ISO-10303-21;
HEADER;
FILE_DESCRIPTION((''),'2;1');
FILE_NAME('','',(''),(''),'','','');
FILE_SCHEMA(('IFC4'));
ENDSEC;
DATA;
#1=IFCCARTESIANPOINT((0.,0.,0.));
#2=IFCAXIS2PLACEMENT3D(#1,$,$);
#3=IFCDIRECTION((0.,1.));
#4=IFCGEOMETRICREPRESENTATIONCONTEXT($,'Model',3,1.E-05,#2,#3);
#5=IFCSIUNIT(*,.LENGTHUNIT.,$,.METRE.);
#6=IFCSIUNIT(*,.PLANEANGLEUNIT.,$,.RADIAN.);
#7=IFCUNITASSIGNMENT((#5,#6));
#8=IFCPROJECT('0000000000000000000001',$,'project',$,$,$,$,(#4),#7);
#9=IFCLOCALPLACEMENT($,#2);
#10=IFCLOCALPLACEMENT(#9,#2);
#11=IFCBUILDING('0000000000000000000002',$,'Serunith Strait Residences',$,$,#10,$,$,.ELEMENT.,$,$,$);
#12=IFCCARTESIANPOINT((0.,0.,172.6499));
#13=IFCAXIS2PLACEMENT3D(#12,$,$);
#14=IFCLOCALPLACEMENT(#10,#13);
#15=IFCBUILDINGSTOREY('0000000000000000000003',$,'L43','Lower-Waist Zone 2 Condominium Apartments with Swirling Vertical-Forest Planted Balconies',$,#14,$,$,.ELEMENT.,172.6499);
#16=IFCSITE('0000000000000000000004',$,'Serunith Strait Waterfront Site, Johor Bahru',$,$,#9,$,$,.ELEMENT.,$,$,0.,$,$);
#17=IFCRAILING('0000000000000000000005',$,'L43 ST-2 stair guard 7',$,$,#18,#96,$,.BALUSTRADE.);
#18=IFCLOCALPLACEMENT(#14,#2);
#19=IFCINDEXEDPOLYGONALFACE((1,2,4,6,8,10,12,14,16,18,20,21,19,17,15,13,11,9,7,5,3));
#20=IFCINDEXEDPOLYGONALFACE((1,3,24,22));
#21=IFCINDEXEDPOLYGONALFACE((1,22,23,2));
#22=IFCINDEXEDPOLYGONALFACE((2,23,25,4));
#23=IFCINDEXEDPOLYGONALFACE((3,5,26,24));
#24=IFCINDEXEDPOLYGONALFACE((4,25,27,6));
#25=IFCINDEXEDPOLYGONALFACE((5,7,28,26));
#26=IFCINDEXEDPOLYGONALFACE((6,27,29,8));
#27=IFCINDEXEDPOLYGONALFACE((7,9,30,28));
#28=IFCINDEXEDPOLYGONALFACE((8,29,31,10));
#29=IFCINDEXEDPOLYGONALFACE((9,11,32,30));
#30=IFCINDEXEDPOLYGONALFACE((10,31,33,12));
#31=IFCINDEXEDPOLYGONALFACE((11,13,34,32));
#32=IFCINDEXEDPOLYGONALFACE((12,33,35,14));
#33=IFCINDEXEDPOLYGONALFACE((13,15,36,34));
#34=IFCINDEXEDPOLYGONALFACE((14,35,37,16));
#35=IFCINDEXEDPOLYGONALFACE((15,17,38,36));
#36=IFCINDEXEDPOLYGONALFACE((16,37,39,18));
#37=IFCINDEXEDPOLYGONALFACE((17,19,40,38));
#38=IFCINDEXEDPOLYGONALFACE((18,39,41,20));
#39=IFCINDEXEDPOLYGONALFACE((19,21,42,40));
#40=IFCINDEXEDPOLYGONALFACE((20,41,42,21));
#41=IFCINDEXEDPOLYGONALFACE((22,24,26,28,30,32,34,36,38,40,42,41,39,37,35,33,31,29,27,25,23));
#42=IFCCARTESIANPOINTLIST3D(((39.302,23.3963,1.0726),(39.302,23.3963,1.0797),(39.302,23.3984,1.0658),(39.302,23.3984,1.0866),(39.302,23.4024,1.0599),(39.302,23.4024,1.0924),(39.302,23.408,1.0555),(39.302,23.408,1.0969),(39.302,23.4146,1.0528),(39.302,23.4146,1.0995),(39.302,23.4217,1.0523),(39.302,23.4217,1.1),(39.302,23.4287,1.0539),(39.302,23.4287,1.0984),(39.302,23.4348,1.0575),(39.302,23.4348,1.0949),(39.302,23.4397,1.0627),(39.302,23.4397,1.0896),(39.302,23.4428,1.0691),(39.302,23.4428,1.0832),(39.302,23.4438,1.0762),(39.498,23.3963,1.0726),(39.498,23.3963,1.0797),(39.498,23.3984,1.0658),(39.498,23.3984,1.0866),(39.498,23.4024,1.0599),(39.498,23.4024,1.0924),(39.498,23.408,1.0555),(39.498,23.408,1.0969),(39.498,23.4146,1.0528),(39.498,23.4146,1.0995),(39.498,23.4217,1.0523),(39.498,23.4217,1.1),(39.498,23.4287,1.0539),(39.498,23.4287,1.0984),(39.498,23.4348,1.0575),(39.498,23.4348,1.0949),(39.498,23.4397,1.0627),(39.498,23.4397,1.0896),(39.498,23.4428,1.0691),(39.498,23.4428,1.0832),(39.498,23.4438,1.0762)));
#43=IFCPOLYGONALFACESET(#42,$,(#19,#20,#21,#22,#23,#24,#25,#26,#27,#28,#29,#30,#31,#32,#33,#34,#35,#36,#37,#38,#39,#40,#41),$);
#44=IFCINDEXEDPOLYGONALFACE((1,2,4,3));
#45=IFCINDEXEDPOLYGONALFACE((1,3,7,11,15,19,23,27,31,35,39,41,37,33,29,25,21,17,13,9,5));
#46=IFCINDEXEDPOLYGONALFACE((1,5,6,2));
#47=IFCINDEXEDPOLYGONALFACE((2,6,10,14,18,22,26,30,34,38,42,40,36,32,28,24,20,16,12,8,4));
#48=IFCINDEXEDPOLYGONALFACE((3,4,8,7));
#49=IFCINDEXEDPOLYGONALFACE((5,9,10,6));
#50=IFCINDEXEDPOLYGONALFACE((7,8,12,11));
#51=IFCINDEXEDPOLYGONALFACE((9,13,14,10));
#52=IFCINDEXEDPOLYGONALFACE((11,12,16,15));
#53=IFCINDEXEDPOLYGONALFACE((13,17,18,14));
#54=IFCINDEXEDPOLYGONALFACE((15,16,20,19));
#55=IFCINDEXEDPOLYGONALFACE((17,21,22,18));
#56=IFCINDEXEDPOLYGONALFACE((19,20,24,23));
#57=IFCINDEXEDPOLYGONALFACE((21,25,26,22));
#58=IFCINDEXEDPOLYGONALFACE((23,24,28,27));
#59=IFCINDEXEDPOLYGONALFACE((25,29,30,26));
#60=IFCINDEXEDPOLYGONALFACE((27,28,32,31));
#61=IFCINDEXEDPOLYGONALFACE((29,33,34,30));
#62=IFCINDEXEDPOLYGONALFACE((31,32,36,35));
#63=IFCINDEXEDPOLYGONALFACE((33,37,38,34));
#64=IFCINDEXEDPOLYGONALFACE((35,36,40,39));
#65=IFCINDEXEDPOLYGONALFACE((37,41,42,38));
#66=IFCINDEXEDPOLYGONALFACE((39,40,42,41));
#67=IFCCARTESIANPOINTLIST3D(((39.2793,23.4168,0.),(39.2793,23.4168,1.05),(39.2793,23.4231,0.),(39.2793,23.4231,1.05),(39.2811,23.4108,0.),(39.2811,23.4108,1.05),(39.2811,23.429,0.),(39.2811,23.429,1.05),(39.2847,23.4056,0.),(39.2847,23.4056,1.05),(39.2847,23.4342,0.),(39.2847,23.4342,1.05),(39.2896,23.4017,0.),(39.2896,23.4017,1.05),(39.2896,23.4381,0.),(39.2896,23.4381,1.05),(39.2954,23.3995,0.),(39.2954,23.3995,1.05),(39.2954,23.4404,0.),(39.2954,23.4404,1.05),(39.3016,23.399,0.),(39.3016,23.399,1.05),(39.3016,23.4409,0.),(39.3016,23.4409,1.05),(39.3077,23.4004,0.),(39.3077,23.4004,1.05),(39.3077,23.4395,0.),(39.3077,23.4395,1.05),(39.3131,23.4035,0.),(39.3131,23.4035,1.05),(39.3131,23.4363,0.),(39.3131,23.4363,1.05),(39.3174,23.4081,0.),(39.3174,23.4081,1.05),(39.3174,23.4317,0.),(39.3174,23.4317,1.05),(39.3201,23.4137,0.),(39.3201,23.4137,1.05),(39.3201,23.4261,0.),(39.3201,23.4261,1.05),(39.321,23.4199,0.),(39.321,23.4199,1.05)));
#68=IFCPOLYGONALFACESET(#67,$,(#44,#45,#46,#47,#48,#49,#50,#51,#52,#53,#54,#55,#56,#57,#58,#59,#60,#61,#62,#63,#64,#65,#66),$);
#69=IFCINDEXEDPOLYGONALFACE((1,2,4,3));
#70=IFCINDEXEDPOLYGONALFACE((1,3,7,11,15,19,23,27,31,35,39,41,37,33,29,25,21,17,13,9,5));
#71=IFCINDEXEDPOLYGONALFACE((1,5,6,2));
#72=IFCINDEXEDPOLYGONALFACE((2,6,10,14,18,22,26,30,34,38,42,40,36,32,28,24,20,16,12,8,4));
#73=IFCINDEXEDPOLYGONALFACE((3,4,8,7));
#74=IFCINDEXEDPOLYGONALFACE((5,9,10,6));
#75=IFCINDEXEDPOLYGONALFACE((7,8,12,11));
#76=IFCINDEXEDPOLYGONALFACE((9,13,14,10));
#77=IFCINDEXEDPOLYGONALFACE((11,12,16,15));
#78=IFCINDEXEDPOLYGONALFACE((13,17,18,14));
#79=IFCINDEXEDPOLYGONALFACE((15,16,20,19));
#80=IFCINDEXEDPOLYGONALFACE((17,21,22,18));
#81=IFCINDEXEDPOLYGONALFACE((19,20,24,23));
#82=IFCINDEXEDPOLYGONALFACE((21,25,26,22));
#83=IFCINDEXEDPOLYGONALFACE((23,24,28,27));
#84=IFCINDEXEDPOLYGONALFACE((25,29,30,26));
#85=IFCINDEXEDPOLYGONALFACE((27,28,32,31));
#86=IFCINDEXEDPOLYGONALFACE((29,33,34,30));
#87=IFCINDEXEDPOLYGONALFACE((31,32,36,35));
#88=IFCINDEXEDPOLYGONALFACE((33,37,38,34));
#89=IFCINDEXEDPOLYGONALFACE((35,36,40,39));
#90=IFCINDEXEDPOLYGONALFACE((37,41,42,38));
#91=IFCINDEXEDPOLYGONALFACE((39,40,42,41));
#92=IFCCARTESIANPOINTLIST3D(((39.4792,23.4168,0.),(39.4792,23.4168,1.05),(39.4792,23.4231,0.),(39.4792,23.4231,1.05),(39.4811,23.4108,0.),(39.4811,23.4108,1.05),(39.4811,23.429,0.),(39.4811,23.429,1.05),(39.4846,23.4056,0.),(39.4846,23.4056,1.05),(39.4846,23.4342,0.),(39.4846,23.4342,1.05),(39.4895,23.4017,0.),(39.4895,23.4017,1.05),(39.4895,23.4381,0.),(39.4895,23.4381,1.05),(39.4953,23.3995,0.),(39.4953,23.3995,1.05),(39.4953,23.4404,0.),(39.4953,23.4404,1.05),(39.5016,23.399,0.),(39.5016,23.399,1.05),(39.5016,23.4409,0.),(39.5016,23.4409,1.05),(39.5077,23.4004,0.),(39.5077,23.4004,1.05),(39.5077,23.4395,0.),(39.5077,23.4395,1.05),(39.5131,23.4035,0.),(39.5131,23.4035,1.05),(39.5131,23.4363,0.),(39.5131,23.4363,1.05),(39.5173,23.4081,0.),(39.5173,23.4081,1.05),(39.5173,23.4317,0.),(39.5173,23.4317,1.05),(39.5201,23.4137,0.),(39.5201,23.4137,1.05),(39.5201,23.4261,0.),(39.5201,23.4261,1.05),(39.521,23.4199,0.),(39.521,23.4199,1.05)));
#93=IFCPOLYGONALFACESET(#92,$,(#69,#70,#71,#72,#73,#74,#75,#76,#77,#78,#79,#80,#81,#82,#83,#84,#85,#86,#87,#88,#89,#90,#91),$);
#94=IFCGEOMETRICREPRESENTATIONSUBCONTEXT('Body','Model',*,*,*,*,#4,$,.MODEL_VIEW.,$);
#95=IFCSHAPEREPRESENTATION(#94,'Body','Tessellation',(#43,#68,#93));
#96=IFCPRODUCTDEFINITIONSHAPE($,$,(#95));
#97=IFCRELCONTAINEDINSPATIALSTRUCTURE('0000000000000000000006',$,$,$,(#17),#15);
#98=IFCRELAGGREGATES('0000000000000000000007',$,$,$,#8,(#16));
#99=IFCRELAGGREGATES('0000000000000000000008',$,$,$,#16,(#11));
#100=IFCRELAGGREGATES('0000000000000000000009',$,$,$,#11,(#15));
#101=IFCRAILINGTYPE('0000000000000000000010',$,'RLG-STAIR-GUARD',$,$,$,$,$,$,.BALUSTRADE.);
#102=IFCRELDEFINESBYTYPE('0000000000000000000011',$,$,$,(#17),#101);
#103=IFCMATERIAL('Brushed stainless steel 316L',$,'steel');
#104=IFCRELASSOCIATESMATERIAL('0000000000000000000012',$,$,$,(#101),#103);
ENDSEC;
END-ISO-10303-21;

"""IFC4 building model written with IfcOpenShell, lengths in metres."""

from ifc_helpers import new_model, si_unit, direction, frame, origin, origin_2d, place, context, subcontext, project, spatial, circle, extrude, material, type_object, element, save


model = new_model("IFC4")

# Units and contexts
model_context = context("Model", 3, precision=1e-05, world=origin(), true_north=direction((0.0, 1.0)))
body_context = subcontext(model_context, "Body", "Model", "MODEL_VIEW")
ifc_project = project(units=[si_unit("LENGTHUNIT", "METRE"), si_unit("PLANEANGLEUNIT", "RADIAN")], contexts=[model_context])

# Site, building, storey
site_placement = place(None, origin())
site = spatial("IfcSite", under=ifc_project, at=site_placement, Name="Serunith Strait Waterfront Site, Johor Bahru", CompositionType="ELEMENT", RefElevation=0.0)
building_placement = place(site_placement, origin())
building = spatial("IfcBuilding", under=site, at=building_placement, Name="Serunith Strait Residences", CompositionType="ELEMENT")
storey_placement = place(building_placement, frame((0.0, 0.0, 172.6499)))
storey = spatial("IfcBuildingStorey", under=building, at=storey_placement, Name="L43", Description="Lower-Waist Zone 2 Condominium Apartments with Swirling Vertical-Forest Planted Balconies", CompositionType="ELEMENT", Elevation=172.6499)

# Railing
ifc_material_1 = material(Name="Brushed stainless steel 316L", Category="steel")
railing_type_1 = type_object("IfcRailingType", Name="RLG-STAIR-GUARD", PredefinedType="BALUSTRADE", material=ifc_material_1)
railing_1_placement = place(storey_placement, frame((39.3, 23.4199, 0.0)))
element("IfcRailing", 1, at=railing_1_placement, inside=storey, type_object=railing_type_1, Name="L43 ST-2 stair guard 7", PredefinedType="BALUSTRADE", context=body_context, shape_type="SweptSolid", body=[
    extrude(circle(Radius=0.0239, at=origin_2d()), frame((0.002, 0.0, 1.0762), z_axis=(1.0, 0.0, 0.0), x_axis=(0.0, 1.0, 0.0)), (0.0, 0.0, 1.0), 0.196),
    extrude(circle(Radius=0.021, at=origin_2d()), origin(), (0.0, 0.0, 1.0), 1.05),
    extrude(circle(Radius=0.021, at=origin_2d()), frame((0.2, 0.0, 0.0)), (0.0, 0.0, 1.0), 1.05),
])

save(model, "model.ifc")
